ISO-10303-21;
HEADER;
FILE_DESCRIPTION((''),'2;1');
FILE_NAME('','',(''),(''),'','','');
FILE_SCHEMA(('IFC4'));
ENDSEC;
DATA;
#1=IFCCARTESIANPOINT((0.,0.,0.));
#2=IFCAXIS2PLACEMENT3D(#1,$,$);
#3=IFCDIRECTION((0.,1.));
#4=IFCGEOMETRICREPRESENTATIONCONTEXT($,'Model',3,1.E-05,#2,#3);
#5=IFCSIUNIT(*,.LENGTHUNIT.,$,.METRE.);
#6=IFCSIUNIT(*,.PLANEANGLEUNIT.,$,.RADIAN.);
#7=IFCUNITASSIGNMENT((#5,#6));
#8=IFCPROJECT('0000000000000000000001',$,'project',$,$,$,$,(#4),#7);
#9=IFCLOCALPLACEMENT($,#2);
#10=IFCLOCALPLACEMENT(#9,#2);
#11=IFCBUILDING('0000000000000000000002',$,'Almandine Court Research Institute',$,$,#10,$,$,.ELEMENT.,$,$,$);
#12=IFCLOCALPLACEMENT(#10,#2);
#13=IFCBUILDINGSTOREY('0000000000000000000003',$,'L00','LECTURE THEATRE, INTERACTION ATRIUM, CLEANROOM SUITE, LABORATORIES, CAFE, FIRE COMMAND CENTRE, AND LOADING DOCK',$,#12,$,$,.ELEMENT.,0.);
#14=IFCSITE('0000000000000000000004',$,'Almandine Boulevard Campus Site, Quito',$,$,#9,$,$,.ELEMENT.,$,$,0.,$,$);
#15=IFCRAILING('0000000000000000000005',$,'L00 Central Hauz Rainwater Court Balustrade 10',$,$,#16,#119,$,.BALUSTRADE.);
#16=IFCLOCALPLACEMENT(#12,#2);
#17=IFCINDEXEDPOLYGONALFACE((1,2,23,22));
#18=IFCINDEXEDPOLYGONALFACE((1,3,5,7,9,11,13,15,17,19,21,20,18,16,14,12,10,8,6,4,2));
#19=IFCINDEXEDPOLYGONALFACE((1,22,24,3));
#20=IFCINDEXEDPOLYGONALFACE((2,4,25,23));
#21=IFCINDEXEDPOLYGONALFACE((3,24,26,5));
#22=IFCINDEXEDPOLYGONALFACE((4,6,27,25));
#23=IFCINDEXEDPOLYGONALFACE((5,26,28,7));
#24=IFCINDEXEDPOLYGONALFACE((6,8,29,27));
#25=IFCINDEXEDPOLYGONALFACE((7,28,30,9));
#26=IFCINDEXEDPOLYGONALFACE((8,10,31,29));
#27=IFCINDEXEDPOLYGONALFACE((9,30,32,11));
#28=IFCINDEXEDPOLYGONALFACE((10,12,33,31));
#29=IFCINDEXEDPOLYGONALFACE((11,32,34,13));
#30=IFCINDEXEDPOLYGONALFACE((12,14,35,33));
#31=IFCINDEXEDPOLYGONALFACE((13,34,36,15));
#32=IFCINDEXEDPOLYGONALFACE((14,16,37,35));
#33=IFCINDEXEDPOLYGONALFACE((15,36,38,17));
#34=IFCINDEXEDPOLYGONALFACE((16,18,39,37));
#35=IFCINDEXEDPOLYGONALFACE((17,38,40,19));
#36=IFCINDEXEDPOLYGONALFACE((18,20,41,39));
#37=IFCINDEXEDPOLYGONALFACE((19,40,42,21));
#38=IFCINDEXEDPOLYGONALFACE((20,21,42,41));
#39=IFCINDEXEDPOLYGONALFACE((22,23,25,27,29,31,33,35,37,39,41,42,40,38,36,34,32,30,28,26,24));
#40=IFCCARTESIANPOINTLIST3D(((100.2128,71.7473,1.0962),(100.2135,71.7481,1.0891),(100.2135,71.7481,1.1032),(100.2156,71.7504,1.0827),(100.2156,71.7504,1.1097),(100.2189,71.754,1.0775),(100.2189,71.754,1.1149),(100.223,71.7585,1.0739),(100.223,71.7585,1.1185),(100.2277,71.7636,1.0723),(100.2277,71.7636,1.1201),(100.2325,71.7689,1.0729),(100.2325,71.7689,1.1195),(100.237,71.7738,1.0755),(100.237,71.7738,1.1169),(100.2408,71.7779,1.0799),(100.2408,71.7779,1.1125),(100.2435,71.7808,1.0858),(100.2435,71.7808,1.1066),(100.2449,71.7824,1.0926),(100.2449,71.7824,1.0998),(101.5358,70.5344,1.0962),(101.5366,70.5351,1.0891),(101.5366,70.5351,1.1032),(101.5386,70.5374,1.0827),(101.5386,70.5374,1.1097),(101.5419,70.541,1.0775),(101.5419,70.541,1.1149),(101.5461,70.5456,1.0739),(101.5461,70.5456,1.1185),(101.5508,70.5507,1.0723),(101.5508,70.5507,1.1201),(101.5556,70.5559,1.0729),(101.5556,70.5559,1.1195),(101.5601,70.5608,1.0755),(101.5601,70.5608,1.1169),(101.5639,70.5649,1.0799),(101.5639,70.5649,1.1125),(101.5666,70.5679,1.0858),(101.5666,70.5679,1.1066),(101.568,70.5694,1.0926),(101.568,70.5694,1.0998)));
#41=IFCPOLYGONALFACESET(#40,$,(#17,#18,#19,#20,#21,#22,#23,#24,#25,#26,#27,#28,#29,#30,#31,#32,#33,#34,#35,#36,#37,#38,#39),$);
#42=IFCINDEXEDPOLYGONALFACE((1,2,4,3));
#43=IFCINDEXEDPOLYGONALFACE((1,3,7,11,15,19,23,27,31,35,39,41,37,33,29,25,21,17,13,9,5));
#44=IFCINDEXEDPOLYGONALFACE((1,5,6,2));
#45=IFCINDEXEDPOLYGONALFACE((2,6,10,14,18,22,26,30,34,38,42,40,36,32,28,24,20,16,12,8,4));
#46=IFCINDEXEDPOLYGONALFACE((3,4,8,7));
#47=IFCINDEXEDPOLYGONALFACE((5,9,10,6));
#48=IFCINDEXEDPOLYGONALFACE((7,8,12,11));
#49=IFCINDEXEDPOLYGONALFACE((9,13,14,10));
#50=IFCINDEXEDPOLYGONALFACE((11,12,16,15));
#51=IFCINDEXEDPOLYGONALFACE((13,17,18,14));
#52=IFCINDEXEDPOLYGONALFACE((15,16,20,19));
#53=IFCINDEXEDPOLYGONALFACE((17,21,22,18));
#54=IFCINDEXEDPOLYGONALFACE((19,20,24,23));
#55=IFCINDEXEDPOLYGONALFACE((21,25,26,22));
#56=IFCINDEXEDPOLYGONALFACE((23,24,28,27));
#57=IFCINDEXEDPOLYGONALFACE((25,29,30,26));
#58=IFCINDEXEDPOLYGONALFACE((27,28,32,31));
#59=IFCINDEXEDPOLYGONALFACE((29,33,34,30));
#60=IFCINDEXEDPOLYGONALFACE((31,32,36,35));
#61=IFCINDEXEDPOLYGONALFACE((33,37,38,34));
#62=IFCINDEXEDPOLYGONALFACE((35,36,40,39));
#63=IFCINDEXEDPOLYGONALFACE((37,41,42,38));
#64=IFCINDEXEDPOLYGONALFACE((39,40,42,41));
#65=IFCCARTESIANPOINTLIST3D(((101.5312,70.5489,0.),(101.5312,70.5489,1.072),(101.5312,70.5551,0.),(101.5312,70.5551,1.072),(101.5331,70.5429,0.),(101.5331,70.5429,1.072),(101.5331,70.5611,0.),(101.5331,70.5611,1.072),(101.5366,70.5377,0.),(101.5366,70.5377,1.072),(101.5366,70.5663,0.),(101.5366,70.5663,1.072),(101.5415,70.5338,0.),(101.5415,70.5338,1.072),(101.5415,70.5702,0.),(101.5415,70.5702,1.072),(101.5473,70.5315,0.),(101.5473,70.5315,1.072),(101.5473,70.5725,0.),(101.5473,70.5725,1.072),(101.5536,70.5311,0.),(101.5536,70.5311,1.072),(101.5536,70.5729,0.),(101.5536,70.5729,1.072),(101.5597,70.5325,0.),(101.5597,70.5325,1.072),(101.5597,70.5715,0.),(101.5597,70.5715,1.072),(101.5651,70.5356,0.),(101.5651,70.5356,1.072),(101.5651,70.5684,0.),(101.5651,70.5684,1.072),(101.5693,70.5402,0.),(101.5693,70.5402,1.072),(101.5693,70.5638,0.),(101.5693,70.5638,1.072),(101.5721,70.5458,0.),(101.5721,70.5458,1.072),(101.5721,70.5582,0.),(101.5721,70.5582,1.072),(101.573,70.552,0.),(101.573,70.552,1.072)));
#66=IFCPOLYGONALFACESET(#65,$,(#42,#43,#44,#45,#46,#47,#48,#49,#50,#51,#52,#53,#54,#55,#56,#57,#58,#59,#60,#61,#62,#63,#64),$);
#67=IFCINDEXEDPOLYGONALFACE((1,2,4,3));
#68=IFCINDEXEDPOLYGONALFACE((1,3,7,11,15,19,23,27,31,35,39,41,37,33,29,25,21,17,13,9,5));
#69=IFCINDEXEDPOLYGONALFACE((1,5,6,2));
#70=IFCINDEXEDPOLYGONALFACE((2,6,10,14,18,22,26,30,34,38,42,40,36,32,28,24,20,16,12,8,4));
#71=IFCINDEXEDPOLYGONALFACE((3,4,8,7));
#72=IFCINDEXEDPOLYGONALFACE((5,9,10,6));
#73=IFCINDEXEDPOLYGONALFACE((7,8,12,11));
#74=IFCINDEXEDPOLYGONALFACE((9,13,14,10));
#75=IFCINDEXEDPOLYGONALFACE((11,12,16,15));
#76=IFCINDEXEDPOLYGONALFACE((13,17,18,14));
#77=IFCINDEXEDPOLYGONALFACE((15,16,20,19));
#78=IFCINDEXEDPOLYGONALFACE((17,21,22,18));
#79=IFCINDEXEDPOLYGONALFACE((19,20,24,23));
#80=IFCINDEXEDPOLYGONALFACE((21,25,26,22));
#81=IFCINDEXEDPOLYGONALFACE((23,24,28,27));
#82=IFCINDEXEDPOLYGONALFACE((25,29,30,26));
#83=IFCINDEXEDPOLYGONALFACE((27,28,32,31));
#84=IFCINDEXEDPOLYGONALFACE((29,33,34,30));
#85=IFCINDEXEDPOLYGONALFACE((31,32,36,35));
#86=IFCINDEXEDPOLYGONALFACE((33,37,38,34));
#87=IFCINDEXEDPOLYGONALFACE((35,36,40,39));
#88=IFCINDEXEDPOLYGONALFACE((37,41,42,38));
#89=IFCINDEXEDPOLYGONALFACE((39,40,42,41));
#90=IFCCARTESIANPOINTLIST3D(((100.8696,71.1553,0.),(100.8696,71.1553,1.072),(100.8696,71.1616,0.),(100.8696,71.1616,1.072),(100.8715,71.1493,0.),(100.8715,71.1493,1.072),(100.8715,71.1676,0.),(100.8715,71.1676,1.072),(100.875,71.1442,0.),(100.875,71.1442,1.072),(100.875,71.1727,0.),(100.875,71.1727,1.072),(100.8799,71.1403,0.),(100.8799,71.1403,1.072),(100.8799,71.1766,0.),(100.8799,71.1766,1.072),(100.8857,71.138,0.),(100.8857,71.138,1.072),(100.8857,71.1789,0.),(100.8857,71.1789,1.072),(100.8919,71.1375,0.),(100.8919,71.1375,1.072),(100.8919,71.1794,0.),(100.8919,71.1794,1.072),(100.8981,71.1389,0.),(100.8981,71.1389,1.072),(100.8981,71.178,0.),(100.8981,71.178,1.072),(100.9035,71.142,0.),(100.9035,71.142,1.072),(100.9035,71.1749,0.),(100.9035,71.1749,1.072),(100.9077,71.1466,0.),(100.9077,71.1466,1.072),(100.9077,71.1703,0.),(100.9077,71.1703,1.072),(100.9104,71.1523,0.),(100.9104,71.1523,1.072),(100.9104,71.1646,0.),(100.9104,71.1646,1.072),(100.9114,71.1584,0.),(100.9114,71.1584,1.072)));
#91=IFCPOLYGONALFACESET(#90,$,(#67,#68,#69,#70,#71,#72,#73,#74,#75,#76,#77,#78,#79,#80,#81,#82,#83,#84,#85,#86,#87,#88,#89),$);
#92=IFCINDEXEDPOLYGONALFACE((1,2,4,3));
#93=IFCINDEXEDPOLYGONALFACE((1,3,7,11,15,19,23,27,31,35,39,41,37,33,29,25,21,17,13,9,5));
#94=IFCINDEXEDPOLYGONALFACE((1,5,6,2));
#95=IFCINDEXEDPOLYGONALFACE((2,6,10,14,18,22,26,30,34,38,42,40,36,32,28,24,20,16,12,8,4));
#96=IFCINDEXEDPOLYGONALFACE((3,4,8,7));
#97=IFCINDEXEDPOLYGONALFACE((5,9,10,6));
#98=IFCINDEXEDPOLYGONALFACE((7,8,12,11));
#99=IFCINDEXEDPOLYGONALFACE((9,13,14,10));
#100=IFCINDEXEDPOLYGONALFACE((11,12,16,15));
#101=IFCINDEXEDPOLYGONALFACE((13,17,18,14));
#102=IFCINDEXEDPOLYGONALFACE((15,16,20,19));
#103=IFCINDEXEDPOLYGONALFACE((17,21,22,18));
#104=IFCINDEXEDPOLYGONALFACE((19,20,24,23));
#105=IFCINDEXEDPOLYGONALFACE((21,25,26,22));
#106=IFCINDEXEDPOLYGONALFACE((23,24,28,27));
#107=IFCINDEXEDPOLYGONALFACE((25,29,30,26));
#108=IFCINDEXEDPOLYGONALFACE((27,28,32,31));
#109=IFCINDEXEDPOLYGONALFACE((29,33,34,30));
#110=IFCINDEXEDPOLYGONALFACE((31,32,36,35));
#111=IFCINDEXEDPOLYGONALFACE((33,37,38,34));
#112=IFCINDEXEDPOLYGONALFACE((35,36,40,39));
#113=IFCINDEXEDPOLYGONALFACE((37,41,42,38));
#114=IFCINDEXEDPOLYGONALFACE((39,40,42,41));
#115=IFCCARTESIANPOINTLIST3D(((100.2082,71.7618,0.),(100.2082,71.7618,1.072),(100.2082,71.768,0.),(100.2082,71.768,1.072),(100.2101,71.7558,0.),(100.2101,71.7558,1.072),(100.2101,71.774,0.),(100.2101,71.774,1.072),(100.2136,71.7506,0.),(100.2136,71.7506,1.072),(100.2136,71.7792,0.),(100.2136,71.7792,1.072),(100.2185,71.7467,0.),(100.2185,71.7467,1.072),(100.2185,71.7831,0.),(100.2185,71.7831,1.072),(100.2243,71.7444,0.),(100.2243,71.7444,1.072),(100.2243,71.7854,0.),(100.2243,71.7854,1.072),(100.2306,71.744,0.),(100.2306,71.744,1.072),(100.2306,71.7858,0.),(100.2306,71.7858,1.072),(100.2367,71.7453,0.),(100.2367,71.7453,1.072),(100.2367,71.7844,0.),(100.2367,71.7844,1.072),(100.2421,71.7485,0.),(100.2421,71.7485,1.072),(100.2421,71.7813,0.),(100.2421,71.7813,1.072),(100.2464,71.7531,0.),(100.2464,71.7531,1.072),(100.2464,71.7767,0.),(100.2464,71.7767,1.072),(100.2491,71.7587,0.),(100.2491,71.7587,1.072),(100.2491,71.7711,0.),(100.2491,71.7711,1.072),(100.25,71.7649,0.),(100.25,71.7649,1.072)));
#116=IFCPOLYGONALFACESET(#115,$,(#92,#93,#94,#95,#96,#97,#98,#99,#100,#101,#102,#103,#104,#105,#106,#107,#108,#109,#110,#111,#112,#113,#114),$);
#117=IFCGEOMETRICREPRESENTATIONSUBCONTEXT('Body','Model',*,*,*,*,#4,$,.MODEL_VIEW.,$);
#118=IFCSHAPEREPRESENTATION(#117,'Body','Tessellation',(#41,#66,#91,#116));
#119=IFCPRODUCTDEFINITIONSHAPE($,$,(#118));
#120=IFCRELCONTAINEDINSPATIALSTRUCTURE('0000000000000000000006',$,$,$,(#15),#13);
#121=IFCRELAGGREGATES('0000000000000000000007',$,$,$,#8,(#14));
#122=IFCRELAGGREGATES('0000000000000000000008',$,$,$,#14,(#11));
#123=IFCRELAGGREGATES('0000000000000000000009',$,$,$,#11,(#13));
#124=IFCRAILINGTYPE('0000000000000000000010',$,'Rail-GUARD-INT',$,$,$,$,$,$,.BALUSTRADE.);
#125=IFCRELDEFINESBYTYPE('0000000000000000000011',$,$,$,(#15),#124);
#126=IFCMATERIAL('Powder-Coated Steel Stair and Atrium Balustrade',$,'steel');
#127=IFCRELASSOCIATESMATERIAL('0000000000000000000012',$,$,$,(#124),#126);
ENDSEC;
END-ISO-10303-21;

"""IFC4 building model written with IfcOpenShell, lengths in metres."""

from ifc_helpers import new_model, si_unit, direction, frame, origin, origin_2d, place, context, subcontext, project, spatial, circle, extrude, material, type_object, element, save


model = new_model("IFC4")

# Units and contexts
model_context = context("Model", 3, precision=1e-05, world=origin(), true_north=direction((0.0, 1.0)))
body_context = subcontext(model_context, "Body", "Model", "MODEL_VIEW")
ifc_project = project(units=[si_unit("LENGTHUNIT", "METRE"), si_unit("PLANEANGLEUNIT", "RADIAN")], contexts=[model_context])

# Site, building, storey
site_placement = place(None, origin())
site = spatial("IfcSite", under=ifc_project, at=site_placement, Name="Almandine Boulevard Campus Site, Quito", CompositionType="ELEMENT", RefElevation=0.0)
building_placement = place(site_placement, origin())
building = spatial("IfcBuilding", under=site, at=building_placement, Name="Almandine Court Research Institute", CompositionType="ELEMENT")
storey_placement = place(building_placement, origin())
storey = spatial("IfcBuildingStorey", under=building, at=storey_placement, Name="L00", Description="LECTURE THEATRE, INTERACTION ATRIUM, CLEANROOM SUITE, LABORATORIES, CAFE, FIRE COMMAND CENTRE, AND LOADING DOCK", CompositionType="ELEMENT", Elevation=0.0)

# Railing
ifc_material_1 = material(Name="Powder-Coated Steel Stair and Atrium Balustrade", Category="steel")
railing_type = type_object("IfcRailingType", Name="Rail-GUARD-INT", PredefinedType="BALUSTRADE", material=ifc_material_1)
railing_1_placement = place(storey_placement, frame((101.552, 70.552, 0.0)))
element("IfcRailing", 1, at=railing_1_placement, inside=storey, type_object=railing_type, Name="L00 Central Hauz Rainwater Court Balustrade 10", PredefinedType="BALUSTRADE", context=body_context, shape_type="SweptSolid", body=[
    extrude(circle(Radius=0.0239, at=origin_2d()), frame((0.0, 0.0, 1.0962), z_axis=(-0.737115, 0.675768, 0.0), x_axis=(-0.675768, -0.737115, 0.0)), (0.0, 0.0, 1.0), 1.7949),
    extrude(circle(Radius=0.021, at=origin_2d()), origin(), (0.0, 0.0, 1.0), 1.072),
    extrude(circle(Radius=0.021, at=origin_2d()), frame((-0.6616, 0.6064, 0.0)), (0.0, 0.0, 1.0), 1.072),
    extrude(circle(Radius=0.021, at=origin_2d()), frame((-1.323, 1.2129, 0.0)), (0.0, 0.0, 1.0), 1.072),
])

save(model, "model.ifc")
